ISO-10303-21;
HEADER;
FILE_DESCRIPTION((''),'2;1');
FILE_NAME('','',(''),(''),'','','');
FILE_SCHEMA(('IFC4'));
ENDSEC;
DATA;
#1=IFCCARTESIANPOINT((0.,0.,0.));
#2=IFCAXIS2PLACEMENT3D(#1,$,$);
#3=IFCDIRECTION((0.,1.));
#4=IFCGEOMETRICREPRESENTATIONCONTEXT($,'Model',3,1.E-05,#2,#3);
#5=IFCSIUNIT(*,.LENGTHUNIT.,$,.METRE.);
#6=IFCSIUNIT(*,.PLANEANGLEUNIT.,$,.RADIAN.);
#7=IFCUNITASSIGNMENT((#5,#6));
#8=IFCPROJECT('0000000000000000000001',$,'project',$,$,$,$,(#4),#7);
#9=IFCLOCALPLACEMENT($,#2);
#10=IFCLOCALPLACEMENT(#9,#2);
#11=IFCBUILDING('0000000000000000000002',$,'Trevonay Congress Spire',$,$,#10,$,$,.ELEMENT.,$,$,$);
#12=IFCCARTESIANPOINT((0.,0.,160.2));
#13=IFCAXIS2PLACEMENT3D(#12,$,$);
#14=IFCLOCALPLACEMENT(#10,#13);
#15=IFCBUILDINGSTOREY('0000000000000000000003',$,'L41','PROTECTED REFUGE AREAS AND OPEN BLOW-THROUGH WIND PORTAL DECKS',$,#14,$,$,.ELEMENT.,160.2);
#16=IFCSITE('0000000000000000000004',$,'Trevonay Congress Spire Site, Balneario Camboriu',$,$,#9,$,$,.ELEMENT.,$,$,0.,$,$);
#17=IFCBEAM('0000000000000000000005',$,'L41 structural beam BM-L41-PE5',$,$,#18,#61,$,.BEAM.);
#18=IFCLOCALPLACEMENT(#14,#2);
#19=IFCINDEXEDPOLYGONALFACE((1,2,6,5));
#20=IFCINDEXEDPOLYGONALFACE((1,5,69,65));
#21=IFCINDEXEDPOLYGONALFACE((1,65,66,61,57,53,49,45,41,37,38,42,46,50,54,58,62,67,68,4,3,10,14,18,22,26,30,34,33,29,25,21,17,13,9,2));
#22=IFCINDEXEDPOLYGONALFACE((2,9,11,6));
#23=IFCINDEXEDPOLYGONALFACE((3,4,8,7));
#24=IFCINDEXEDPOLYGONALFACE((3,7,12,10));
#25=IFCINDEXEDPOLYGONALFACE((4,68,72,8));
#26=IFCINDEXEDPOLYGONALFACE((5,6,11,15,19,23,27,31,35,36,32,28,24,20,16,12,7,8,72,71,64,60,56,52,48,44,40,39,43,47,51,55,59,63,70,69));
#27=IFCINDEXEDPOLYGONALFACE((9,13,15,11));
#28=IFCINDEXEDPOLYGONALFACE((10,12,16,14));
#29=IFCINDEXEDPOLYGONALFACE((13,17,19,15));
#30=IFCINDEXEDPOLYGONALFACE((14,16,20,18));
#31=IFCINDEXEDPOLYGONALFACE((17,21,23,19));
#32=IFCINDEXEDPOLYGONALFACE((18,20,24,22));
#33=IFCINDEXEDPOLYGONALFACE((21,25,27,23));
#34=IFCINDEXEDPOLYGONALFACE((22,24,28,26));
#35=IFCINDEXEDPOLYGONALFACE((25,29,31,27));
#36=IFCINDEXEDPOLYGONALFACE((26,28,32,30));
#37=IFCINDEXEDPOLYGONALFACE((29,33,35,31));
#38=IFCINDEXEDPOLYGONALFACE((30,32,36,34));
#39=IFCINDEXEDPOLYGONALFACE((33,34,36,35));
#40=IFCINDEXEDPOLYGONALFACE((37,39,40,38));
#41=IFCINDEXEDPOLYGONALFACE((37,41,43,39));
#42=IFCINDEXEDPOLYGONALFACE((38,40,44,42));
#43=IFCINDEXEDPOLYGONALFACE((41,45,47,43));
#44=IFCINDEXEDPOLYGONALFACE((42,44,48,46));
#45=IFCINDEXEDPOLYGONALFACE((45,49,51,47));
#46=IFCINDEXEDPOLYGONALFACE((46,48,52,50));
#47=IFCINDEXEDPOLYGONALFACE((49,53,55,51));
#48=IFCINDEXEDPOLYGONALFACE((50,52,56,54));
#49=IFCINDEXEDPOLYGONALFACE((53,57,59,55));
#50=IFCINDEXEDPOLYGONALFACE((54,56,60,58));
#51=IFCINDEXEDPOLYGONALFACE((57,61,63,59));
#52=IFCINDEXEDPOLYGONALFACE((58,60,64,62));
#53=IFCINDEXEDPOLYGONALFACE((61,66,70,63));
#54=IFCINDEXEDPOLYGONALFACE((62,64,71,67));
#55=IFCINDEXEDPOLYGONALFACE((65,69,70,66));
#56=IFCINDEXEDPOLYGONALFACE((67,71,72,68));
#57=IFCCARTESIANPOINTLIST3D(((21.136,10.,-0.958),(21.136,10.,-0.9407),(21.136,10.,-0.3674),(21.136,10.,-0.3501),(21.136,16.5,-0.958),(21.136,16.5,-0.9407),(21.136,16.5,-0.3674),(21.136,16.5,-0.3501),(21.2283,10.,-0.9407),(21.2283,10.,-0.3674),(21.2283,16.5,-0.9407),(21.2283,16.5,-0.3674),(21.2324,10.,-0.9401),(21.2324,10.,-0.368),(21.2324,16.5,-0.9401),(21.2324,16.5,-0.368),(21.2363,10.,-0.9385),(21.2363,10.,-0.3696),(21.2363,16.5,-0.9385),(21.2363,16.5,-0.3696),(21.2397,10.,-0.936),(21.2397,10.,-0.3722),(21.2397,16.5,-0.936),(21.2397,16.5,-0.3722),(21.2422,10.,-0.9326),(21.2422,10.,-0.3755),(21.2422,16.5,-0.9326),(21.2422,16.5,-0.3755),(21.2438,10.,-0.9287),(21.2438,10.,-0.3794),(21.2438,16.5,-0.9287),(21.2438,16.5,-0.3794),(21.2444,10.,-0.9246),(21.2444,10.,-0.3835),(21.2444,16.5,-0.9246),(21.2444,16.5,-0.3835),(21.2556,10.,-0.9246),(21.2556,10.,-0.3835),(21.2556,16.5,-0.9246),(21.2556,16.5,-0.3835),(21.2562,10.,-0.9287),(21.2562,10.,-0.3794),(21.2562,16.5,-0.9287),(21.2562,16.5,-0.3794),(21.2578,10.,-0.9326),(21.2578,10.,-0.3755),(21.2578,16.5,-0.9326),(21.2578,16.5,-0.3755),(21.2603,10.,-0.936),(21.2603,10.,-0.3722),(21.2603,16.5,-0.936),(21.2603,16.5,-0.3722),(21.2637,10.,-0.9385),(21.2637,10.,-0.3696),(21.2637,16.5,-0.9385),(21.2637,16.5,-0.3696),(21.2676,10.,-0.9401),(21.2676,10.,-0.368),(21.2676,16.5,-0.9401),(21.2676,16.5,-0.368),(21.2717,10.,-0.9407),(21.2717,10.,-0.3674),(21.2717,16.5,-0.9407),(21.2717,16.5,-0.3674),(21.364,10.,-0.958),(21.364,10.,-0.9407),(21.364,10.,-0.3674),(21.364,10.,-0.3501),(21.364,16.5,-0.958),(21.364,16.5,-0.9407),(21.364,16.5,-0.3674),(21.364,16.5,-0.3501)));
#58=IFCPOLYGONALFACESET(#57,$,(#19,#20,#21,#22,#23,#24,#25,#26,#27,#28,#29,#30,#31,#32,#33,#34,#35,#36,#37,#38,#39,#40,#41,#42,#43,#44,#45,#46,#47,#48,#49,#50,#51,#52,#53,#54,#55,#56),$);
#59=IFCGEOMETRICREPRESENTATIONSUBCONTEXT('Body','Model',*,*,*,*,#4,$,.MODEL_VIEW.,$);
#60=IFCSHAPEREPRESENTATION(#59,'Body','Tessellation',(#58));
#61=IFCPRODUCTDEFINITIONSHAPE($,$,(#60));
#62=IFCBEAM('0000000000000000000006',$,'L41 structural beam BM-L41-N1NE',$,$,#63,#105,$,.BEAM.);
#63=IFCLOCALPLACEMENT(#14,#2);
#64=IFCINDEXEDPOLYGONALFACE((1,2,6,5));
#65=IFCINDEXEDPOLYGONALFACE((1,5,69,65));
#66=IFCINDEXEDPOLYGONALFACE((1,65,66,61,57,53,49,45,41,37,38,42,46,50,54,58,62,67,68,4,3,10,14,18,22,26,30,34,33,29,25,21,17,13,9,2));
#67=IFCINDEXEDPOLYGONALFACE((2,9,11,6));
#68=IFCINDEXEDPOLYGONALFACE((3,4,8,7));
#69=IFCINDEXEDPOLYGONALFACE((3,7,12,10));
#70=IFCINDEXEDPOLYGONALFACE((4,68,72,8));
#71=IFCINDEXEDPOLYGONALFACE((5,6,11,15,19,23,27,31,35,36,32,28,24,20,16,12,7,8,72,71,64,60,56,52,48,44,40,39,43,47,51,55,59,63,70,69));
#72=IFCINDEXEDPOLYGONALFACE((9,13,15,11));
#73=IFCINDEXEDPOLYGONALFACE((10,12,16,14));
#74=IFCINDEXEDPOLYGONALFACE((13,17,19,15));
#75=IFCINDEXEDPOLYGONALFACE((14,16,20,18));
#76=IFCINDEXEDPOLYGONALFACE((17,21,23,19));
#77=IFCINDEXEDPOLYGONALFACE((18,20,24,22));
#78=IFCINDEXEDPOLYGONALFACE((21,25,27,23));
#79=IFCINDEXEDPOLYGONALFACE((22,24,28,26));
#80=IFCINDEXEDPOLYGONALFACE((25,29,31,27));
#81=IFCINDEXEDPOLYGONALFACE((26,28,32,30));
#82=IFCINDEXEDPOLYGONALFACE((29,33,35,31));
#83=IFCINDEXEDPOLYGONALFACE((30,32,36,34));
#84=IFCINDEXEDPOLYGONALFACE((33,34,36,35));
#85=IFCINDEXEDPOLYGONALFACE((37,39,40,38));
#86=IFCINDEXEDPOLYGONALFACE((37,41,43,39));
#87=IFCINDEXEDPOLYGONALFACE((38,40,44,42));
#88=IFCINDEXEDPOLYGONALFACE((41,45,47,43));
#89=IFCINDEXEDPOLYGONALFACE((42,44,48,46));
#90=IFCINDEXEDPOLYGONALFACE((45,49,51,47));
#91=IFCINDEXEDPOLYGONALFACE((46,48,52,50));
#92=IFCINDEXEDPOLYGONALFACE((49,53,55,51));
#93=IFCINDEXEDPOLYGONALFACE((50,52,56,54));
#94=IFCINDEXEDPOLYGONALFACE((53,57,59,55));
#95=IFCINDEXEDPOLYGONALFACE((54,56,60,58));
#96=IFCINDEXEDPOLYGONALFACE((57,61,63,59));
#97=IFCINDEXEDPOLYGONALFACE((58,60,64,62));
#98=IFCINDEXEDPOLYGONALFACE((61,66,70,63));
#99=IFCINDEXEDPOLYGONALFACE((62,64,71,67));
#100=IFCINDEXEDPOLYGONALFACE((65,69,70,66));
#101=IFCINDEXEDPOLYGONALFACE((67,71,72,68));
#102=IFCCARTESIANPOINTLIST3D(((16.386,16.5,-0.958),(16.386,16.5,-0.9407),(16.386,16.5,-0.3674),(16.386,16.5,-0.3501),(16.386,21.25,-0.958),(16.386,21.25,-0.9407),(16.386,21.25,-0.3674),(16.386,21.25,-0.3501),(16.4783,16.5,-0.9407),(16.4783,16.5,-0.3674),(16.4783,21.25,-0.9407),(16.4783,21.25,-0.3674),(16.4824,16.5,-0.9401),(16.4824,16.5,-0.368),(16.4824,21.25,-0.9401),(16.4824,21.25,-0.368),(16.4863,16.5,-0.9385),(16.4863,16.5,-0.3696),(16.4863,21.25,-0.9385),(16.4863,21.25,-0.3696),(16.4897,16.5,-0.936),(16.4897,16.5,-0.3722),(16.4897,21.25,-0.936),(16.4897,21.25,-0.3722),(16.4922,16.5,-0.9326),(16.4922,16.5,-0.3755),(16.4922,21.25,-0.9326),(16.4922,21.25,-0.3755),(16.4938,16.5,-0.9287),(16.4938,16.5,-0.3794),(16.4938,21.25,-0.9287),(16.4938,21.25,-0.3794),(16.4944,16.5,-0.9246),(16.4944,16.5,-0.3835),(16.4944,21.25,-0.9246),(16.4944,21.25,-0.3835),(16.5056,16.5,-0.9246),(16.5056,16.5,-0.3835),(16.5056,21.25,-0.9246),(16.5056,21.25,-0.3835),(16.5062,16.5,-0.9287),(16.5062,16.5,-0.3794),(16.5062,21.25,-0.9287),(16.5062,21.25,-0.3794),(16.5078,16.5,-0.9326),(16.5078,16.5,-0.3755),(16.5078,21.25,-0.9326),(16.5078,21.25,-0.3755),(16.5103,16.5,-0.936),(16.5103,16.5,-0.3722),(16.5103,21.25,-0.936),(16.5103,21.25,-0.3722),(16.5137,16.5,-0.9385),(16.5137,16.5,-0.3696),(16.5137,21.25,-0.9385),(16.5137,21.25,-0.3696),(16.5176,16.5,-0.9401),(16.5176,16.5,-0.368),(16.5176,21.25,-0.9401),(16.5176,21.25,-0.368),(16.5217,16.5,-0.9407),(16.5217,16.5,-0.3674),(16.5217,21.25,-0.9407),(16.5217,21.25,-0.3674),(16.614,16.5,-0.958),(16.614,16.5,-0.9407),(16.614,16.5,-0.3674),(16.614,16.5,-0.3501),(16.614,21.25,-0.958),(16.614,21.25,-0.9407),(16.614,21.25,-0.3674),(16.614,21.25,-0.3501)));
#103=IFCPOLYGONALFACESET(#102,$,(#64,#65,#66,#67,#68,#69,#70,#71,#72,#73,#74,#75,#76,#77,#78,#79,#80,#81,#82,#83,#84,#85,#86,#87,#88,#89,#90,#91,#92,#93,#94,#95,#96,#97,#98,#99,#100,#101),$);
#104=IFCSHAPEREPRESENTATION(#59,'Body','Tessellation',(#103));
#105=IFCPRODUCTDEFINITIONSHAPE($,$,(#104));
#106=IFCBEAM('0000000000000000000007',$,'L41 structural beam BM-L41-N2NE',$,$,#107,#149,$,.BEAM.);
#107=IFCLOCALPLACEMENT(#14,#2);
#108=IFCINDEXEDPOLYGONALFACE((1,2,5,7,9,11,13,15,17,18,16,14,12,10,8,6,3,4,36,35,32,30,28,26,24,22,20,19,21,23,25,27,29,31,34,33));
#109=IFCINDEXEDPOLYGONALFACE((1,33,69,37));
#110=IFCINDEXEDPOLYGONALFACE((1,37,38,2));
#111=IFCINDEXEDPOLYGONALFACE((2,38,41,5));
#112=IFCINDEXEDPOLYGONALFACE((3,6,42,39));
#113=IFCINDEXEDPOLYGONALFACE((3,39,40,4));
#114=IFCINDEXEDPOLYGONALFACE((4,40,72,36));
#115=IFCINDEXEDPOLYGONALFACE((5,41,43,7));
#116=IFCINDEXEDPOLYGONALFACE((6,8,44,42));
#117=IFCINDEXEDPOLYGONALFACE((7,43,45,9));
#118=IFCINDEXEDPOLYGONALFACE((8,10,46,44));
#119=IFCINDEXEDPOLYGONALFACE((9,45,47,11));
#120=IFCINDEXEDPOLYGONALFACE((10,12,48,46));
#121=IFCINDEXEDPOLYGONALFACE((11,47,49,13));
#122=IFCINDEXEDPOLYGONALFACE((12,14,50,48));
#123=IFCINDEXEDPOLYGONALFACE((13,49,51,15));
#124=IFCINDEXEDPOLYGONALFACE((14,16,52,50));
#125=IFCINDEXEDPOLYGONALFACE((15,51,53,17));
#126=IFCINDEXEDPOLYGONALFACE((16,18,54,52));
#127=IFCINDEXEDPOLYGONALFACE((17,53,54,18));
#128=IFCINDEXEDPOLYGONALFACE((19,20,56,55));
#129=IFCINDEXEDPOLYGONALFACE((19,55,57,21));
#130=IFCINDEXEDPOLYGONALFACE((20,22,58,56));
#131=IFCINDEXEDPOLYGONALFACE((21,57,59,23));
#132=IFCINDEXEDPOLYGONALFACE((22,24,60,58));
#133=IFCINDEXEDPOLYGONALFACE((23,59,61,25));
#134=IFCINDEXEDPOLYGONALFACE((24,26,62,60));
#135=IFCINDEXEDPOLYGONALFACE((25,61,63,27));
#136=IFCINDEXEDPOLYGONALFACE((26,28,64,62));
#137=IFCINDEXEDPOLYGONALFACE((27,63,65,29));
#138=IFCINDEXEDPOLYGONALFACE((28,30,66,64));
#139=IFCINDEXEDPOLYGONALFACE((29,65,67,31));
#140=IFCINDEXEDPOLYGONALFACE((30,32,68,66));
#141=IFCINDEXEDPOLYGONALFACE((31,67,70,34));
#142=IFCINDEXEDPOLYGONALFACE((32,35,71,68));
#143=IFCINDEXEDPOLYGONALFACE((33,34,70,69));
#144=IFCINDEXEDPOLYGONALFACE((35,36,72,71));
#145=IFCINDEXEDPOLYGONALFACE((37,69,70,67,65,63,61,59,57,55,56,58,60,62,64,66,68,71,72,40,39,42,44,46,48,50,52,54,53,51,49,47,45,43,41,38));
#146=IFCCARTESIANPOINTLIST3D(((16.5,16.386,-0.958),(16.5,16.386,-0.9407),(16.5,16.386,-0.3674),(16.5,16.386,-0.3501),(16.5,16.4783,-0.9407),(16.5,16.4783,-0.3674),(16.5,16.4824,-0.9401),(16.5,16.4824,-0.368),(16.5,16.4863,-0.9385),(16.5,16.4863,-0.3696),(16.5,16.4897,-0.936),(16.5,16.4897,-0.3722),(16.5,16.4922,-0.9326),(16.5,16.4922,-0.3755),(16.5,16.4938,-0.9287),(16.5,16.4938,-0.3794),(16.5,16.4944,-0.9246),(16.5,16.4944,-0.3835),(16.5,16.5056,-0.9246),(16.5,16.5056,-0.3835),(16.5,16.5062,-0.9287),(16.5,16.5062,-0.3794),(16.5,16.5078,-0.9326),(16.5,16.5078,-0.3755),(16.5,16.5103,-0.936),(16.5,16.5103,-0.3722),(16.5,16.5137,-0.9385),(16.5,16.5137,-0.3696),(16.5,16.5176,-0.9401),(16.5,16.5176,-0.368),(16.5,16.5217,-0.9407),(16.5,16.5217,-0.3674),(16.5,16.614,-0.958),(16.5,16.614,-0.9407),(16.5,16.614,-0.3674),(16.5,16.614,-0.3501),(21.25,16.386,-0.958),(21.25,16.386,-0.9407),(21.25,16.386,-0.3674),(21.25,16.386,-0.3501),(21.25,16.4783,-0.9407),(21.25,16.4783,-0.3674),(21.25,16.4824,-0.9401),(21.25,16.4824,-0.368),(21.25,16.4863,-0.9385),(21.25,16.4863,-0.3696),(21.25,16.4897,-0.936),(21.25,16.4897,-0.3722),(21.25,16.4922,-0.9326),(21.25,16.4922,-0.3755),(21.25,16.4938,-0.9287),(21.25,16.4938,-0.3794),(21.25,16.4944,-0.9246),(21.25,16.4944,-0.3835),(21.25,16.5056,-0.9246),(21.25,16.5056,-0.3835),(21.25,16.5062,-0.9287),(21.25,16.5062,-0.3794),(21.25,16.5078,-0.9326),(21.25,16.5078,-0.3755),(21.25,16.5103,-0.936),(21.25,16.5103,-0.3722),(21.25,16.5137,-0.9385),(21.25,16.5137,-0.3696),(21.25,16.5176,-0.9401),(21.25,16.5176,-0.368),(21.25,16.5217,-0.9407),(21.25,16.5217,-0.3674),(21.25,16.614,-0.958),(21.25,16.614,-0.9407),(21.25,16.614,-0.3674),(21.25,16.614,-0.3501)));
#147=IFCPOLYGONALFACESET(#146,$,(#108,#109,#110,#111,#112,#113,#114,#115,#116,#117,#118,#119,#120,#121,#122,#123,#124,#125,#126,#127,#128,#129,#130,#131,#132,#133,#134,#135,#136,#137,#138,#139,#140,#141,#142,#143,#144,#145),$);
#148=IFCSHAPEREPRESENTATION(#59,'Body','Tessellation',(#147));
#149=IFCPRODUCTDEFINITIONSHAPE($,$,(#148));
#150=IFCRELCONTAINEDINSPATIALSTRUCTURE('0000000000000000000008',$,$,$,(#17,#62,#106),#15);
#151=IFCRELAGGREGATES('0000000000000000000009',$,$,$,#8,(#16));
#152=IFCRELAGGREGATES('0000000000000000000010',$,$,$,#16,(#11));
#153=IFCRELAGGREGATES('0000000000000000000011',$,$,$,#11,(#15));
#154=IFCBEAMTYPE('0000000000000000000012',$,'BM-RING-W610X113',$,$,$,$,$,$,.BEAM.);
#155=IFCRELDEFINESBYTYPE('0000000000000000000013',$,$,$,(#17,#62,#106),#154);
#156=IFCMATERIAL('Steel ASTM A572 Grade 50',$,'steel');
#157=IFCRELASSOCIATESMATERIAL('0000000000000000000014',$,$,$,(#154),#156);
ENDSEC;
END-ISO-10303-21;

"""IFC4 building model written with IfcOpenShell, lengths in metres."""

from ifc_helpers import new_model, si_unit, direction, frame, origin, origin_2d, place, context, subcontext, project, spatial, i_section, extrude, material, material_profile, profile_set, type_object, element, save


model = new_model("IFC4")

# Units and contexts
model_context = context("Model", 3, precision=1e-05, world=origin(), true_north=direction((0.0, 1.0)))
body_context = subcontext(model_context, "Body", "Model", "MODEL_VIEW")
ifc_project = project(units=[si_unit("LENGTHUNIT", "METRE"), si_unit("PLANEANGLEUNIT", "RADIAN")], contexts=[model_context])

# Site, building, storey
site_placement = place(None, origin())
site = spatial("IfcSite", under=ifc_project, at=site_placement, Name="Trevonay Congress Spire Site, Balneario Camboriu", CompositionType="ELEMENT", RefElevation=0.0)
building_placement = place(site_placement, origin())
building = spatial("IfcBuilding", under=site, at=building_placement, Name="Trevonay Congress Spire", CompositionType="ELEMENT")
storey_placement = place(building_placement, frame((0.0, 0.0, 160.2)))
storey = spatial("IfcBuildingStorey", under=building, at=storey_placement, Name="L41", Description="PROTECTED REFUGE AREAS AND OPEN BLOW-THROUGH WIND PORTAL DECKS", CompositionType="ELEMENT", Elevation=160.2)

# Shared definitions
ifc_material_1 = material(Name="Steel ASTM A572 Grade 50", Category="steel")

# Beams
ifc_material_profile_1 = material_profile(ifc_material_1, i_section(OverallWidth=0.228, OverallDepth=0.6079, WebThickness=0.0112, FlangeThickness=0.0173, FilletRadius=0.0161, at=origin_2d()), Name="W610x113")
ifc_profile_set_1 = profile_set([ifc_material_profile_1], Name="Steel ASTM A572 Grade 50")
beam_type_1 = type_object("IfcBeamType", Name="BM-RING-W610X113", PredefinedType="BEAM", material=ifc_profile_set_1)
for number, where, z_axis, x_axis, name in (
    (1, (21.25, 10.0, -0.6541), (0.0, 1.0, 0.0), (-1.0, 0.0, 0.0), "L41 structural beam BM-L41-PE5"),
):
    element("IfcBeam", number, at=place(storey_placement, frame(where, z_axis=z_axis, x_axis=x_axis)), inside=storey, type_object=beam_type_1, Name=name, PredefinedType="BEAM", context=body_context, shape_type="SweptSolid", body=[
        extrude(i_section(OverallWidth=0.228, OverallDepth=0.6079, WebThickness=0.0112, FlangeThickness=0.0173, FilletRadius=0.0161, at=origin_2d()), origin(), (0.0, 0.0, 1.0), 6.5),
    ])
for number, where, z_axis, x_axis, name in (
    (2, (16.5, 21.25, -0.6541), (0.0, -1.0, 0.0), (1.0, 0.0, 0.0), "L41 structural beam BM-L41-N1NE"),
    (3, (21.25, 16.5, -0.6541), (-1.0, 0.0, 0.0), (0.0, -1.0, 0.0), "L41 structural beam BM-L41-N2NE"),
):
    element("IfcBeam", number, at=place(storey_placement, frame(where, z_axis=z_axis, x_axis=x_axis)), inside=storey, type_object=beam_type_1, Name=name, PredefinedType="BEAM", context=body_context, shape_type="SweptSolid", body=[
        extrude(i_section(OverallWidth=0.228, OverallDepth=0.6079, WebThickness=0.0112, FlangeThickness=0.0173, FilletRadius=0.0161, at=origin_2d()), origin(), (0.0, 0.0, 1.0), 4.75),
    ])

save(model, "model.ifc")
